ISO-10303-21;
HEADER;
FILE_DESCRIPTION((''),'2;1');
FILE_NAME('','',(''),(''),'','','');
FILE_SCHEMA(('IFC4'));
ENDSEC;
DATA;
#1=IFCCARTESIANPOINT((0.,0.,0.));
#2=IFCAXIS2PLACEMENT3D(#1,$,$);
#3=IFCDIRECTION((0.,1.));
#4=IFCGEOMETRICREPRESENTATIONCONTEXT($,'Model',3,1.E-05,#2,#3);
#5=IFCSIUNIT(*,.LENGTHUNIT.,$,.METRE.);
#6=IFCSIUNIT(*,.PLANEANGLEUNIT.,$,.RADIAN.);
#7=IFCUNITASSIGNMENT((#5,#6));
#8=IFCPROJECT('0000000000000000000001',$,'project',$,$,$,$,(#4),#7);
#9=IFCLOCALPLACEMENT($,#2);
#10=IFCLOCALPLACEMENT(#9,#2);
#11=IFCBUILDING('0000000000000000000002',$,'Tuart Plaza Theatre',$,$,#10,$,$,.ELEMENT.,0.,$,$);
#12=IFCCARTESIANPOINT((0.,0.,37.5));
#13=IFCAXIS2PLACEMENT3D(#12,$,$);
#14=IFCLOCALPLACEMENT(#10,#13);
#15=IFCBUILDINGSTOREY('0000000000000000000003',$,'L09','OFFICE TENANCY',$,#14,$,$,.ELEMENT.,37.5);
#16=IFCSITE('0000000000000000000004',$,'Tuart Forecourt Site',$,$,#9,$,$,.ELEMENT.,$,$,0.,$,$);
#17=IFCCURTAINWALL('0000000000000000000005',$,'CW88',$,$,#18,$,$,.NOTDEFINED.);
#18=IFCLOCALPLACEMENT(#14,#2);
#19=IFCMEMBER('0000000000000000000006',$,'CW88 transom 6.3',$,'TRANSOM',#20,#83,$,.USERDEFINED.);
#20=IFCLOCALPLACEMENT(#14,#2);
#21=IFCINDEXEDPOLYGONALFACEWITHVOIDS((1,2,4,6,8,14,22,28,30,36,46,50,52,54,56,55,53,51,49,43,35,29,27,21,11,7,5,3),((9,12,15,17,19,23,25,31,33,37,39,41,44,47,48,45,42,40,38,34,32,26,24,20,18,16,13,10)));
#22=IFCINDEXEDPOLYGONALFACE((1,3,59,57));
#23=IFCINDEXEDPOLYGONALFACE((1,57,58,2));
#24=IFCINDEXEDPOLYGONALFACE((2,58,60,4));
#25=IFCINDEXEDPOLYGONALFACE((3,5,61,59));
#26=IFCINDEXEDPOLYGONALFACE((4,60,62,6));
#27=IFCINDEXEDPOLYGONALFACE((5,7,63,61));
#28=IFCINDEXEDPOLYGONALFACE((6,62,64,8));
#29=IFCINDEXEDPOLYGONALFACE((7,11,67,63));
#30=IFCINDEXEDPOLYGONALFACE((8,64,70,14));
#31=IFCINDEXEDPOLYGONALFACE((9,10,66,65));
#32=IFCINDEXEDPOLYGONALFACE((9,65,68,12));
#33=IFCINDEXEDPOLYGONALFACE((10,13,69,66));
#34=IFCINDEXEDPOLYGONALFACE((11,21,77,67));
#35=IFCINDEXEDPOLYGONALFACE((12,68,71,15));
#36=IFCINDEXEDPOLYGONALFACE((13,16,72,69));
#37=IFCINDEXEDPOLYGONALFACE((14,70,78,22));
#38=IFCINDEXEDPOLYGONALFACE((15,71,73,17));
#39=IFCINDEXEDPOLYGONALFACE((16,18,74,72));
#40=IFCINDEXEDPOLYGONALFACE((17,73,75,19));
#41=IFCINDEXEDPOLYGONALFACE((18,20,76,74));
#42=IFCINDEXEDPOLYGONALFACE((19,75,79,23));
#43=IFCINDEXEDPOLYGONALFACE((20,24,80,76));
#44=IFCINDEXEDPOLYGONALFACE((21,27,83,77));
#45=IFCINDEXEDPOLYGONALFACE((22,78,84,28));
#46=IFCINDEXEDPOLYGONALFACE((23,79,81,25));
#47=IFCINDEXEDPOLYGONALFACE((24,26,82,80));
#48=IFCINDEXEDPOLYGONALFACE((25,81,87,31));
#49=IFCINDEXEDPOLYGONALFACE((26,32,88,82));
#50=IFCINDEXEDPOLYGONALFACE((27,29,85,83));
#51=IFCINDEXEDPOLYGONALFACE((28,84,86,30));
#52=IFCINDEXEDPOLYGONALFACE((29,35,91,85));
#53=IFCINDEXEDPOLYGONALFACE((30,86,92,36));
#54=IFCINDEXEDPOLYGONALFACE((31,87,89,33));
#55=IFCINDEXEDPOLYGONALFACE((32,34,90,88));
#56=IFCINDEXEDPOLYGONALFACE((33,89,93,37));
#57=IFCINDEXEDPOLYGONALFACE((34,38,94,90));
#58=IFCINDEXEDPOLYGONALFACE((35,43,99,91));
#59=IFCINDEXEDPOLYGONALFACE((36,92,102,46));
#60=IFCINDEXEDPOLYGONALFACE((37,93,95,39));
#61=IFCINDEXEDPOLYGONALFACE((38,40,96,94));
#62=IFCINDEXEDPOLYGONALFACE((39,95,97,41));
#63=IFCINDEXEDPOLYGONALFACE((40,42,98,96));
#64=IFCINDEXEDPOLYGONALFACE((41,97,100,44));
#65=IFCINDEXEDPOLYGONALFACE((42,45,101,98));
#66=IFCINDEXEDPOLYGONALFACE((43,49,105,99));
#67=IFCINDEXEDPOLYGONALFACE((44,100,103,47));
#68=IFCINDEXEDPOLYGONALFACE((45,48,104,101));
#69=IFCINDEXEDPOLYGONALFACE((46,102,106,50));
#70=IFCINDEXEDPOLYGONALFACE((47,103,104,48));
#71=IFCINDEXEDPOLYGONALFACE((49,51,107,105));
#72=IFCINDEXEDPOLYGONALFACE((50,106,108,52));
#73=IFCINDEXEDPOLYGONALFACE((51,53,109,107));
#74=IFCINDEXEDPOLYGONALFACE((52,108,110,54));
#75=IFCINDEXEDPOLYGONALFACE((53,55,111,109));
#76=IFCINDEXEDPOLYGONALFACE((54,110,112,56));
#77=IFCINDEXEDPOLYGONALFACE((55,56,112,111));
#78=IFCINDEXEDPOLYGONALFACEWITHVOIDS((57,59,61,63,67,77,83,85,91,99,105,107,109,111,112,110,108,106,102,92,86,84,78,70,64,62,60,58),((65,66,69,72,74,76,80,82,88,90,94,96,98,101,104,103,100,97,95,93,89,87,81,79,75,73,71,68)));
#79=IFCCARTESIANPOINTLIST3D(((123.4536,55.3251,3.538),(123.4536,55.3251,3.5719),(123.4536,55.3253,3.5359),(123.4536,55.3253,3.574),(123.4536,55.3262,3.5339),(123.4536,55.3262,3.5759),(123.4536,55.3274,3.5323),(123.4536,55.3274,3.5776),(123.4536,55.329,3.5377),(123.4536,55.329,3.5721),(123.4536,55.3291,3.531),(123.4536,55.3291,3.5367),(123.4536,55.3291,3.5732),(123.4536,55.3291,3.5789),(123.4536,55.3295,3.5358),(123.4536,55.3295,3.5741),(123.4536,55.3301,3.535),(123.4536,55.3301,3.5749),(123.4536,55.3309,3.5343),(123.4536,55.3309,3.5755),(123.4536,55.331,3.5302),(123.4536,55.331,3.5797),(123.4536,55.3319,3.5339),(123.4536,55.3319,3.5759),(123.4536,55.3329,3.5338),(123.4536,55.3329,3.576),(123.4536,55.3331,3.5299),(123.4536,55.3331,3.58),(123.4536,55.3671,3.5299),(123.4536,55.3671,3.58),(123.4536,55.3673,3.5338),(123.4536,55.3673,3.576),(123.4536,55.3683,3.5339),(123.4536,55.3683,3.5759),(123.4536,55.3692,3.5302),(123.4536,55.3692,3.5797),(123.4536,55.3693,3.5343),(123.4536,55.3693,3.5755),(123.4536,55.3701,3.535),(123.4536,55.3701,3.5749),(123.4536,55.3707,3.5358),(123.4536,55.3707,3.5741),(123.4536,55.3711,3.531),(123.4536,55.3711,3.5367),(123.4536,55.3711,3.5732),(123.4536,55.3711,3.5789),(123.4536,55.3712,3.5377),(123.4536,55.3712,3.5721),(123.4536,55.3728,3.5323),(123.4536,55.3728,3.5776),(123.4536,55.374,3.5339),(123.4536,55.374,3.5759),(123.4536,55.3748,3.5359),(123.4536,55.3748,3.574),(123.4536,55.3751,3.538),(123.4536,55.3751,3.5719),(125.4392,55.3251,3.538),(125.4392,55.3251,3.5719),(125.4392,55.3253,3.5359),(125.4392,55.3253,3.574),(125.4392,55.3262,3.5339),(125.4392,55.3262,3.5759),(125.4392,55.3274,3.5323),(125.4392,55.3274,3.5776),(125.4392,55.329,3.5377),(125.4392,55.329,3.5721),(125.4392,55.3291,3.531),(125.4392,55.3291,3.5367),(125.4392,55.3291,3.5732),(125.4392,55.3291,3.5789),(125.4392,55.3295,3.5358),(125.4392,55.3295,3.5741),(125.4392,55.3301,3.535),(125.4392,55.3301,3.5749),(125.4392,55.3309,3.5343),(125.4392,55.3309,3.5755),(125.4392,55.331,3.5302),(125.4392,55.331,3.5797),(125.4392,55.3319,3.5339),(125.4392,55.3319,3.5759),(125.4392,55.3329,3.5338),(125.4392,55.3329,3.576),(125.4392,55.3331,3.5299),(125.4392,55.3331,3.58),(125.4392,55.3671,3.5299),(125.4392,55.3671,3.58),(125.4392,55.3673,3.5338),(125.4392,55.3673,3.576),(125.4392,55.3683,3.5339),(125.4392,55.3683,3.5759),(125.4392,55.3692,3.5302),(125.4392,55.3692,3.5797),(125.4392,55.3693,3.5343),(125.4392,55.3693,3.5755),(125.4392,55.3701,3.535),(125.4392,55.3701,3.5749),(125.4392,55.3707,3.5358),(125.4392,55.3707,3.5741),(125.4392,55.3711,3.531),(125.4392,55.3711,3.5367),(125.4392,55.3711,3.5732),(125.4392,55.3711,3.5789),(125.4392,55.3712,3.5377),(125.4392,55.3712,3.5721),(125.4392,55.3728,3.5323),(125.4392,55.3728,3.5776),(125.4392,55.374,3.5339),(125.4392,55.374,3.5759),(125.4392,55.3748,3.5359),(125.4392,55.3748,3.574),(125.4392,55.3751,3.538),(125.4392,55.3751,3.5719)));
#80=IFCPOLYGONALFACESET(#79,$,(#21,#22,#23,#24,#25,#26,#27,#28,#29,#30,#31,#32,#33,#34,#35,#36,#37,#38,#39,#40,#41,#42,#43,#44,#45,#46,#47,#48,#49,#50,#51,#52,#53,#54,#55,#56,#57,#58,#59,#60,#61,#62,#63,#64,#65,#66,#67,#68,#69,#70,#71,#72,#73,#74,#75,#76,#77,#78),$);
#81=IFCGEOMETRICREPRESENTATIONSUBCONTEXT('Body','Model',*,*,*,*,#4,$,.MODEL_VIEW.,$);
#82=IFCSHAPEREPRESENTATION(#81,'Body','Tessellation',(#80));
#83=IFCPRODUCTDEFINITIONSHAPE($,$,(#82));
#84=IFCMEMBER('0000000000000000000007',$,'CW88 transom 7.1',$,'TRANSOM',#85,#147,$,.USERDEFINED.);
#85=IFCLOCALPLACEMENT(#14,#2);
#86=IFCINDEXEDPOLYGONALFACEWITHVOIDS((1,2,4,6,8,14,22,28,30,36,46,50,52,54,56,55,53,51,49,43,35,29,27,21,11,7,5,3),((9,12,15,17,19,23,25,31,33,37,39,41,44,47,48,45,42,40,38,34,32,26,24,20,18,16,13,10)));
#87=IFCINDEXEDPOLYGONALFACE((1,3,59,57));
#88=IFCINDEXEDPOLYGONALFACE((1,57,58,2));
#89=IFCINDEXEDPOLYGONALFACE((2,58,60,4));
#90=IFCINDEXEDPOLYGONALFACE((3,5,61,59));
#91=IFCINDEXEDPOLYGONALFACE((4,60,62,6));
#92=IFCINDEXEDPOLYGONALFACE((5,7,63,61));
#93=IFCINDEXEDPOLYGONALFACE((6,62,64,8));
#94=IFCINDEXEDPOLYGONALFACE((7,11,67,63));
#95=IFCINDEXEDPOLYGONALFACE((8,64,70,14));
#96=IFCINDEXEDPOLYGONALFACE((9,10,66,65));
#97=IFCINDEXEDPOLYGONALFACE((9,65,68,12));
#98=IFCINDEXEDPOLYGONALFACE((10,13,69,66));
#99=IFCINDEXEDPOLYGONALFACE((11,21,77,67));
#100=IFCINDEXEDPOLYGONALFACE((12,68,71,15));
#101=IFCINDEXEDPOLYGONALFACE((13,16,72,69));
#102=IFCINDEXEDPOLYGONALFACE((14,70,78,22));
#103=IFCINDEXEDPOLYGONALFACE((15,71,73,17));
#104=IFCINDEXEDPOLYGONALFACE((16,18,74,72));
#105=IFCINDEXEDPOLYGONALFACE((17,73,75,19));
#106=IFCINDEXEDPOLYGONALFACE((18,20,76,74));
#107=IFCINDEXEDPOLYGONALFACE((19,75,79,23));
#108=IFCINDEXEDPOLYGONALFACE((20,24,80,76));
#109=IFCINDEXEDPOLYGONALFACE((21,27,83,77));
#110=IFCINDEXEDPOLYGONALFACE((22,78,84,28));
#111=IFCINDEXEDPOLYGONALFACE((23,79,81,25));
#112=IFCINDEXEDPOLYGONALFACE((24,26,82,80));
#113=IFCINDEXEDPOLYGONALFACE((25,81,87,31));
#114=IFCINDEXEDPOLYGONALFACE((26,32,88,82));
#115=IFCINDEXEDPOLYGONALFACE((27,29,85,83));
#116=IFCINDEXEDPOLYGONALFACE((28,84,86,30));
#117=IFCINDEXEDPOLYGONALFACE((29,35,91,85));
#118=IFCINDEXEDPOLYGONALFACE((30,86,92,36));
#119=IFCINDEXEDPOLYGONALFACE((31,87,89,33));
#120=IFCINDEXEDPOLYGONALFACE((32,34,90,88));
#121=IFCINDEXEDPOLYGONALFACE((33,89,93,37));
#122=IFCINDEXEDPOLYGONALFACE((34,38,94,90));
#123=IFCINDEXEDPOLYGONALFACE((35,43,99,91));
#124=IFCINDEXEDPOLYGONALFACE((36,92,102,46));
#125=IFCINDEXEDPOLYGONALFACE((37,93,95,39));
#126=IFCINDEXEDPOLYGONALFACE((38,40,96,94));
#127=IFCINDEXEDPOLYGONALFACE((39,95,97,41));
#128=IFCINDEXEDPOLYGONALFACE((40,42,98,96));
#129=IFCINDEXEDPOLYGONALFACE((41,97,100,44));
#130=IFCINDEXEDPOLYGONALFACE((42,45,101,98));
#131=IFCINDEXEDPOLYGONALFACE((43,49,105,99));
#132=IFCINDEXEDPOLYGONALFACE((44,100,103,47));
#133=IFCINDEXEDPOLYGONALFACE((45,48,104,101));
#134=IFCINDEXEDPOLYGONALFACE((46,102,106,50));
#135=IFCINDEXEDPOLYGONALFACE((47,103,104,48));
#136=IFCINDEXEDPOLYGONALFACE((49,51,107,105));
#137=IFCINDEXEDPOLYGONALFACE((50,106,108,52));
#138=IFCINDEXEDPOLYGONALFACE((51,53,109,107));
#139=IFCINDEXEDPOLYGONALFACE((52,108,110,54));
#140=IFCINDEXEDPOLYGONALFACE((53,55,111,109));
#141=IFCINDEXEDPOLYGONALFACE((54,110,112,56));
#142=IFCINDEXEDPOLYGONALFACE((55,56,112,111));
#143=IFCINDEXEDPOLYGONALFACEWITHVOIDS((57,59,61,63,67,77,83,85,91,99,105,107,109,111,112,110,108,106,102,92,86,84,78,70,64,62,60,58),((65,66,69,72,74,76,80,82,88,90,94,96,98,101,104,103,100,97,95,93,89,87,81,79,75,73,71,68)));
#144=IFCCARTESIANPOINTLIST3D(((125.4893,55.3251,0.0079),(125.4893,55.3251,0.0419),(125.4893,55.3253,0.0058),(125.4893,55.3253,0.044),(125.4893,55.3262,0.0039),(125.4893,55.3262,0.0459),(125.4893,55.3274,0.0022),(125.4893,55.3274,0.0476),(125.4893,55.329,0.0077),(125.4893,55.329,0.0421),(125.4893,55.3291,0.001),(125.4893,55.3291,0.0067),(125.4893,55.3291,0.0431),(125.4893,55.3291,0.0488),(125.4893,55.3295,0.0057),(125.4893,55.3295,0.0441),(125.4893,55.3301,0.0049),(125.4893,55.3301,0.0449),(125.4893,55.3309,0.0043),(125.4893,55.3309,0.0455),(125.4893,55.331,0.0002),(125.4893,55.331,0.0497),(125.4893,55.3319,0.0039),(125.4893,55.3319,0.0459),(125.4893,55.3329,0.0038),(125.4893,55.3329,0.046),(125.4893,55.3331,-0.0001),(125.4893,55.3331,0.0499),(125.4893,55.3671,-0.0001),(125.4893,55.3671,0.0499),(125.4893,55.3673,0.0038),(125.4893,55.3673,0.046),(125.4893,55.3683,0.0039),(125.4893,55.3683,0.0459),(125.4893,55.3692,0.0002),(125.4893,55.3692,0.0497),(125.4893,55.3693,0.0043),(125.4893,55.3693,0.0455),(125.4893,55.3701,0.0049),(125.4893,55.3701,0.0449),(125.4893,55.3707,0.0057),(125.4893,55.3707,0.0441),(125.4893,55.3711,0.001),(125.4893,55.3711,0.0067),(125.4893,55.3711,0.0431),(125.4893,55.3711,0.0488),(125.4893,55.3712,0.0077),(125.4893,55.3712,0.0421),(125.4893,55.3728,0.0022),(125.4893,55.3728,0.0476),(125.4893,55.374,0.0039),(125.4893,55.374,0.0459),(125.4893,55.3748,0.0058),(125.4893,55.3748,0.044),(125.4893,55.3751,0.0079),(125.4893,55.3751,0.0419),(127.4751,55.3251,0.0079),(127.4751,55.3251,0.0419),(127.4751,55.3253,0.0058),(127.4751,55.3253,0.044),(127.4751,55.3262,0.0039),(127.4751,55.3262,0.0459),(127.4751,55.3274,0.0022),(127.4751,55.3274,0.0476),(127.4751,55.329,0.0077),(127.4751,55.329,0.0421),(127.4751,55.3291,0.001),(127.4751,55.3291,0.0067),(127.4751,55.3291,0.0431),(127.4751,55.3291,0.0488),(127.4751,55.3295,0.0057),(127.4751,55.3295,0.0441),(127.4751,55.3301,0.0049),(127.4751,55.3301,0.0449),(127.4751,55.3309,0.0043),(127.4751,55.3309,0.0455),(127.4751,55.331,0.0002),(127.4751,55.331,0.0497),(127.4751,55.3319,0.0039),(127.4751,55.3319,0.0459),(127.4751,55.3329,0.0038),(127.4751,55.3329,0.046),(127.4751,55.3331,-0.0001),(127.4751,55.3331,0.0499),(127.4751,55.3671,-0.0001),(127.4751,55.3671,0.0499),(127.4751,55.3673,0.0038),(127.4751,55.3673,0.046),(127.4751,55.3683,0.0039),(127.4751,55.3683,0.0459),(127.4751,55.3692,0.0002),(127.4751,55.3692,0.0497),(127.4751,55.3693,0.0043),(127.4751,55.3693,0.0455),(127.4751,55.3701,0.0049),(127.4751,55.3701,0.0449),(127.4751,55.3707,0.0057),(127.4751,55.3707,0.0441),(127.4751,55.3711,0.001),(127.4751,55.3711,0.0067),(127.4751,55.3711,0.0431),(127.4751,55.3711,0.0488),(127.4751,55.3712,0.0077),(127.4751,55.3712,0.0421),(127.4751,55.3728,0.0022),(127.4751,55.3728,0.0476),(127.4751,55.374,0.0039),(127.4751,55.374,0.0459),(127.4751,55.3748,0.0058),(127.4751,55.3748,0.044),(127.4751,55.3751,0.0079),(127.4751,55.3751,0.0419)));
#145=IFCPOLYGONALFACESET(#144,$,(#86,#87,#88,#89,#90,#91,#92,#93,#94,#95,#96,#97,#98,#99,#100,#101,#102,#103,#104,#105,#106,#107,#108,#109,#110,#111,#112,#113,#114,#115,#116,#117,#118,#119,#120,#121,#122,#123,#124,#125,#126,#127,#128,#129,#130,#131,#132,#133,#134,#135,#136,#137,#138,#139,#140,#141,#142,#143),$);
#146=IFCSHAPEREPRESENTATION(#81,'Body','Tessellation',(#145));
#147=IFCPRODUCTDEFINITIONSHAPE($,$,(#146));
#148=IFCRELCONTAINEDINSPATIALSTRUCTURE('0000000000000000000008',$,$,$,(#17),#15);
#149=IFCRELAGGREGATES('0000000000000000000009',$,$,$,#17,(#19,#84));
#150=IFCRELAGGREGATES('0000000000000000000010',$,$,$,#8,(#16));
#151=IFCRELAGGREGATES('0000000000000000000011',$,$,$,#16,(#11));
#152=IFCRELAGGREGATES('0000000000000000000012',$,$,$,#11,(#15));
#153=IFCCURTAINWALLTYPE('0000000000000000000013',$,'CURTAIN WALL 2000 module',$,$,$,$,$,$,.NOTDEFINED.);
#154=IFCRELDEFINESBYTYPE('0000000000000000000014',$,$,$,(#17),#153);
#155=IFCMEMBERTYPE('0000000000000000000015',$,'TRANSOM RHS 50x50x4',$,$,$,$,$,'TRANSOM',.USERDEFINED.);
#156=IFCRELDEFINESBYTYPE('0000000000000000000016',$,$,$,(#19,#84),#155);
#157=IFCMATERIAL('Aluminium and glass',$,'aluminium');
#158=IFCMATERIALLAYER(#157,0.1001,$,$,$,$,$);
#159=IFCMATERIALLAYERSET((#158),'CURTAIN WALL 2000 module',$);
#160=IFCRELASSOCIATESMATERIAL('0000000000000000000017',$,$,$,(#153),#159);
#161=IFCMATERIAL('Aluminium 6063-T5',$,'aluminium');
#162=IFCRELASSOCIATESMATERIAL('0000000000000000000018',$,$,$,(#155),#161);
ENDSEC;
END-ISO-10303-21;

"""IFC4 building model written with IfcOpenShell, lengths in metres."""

from ifc_helpers import new_model, si_unit, direction, frame, origin, origin_2d, place, context, subcontext, project, spatial, hollow_rectangle, extrude, material, layer, layer_set, material_profile, profile_set, type_object, element, aggregate, save


model = new_model("IFC4")

# Units and contexts
model_context = context("Model", 3, precision=1e-05, world=origin(), true_north=direction((0.0, 1.0)))
body_context = subcontext(model_context, "Body", "Model", "MODEL_VIEW")
ifc_project = project(units=[si_unit("LENGTHUNIT", "METRE"), si_unit("PLANEANGLEUNIT", "RADIAN")], contexts=[model_context])

# Site, building, storey
site_placement = place(None, origin())
site = spatial("IfcSite", under=ifc_project, at=site_placement, Name="Tuart Forecourt Site", CompositionType="ELEMENT", RefElevation=0.0)
building_placement = place(site_placement, origin())
building = spatial("IfcBuilding", under=site, at=building_placement, Name="Tuart Plaza Theatre", CompositionType="ELEMENT", ElevationOfRefHeight=0.0)
storey_placement = place(building_placement, frame((0.0, 0.0, 37.5)))
storey = spatial("IfcBuildingStorey", under=building, at=storey_placement, Name="L09", Description="OFFICE TENANCY", CompositionType="ELEMENT", Elevation=37.5)

# Curtain wall, members
ifc_material_1 = material(Name="Aluminium and glass", Category="aluminium")
ifc_layer_1 = layer(ifc_material_1, 0.1001)
ifc_layer_set_1 = layer_set([ifc_layer_1], Name="CURTAIN WALL 2000 module")
curtain_wall_type = type_object("IfcCurtainWallType", Name="CURTAIN WALL 2000 module", PredefinedType="NOTDEFINED", material=ifc_layer_set_1)
curtain_wall_placement = place(storey_placement, origin())
curtain_wall = element("IfcCurtainWall", 1, at=curtain_wall_placement, inside=storey, type_object=curtain_wall_type, Name="CW88", PredefinedType="NOTDEFINED")
ifc_material_2 = material(Name="Aluminium 6063-T5", Category="aluminium")
ifc_material_profile_1 = material_profile(ifc_material_2, hollow_rectangle(XDim=0.05, YDim=0.05, WallThickness=0.0039, InnerFilletRadius=0.0039, OuterFilletRadius=0.0081, at=origin_2d()), Name="RHS 50x50x4")
ifc_profile_set_1 = profile_set([ifc_material_profile_1], Name="Aluminium 6063-T5")
member_type_1 = type_object("IfcMemberType", Name="TRANSOM RHS 50x50x4", ElementType="TRANSOM", PredefinedType="USERDEFINED", material=ifc_profile_set_1)
member_1_placement = place(storey_placement, frame((123.4536, 55.3501, 3.5549), z_axis=(1.0, 0.0, 0.0), x_axis=(0.0, 1.0, 0.0)))
member_1 = element("IfcMember", 2, at=member_1_placement, type_object=member_type_1, Name="CW88 transom 6.3", ObjectType="TRANSOM", PredefinedType="USERDEFINED", context=body_context, shape_type="SweptSolid", body=[
    extrude(hollow_rectangle(XDim=0.05, YDim=0.05, WallThickness=0.0039, InnerFilletRadius=0.0039, OuterFilletRadius=0.0081, at=origin_2d()), origin(), (0.0, 0.0, 1.0), 1.9856),
])
member_2_placement = place(storey_placement, frame((125.4893, 55.3501, 0.0249), z_axis=(1.0, 0.0, 0.0), x_axis=(0.0, 1.0, 0.0)))
member_2 = element("IfcMember", 3, at=member_2_placement, type_object=member_type_1, Name="CW88 transom 7.1", ObjectType="TRANSOM", PredefinedType="USERDEFINED", context=body_context, shape_type="SweptSolid", body=[
    extrude(hollow_rectangle(XDim=0.05, YDim=0.05, WallThickness=0.0039, InnerFilletRadius=0.0039, OuterFilletRadius=0.0081, at=origin_2d()), origin(), (0.0, 0.0, 1.0), 1.9858),
])
aggregate(curtain_wall, [member_1, member_2])

save(model, "model.ifc")
